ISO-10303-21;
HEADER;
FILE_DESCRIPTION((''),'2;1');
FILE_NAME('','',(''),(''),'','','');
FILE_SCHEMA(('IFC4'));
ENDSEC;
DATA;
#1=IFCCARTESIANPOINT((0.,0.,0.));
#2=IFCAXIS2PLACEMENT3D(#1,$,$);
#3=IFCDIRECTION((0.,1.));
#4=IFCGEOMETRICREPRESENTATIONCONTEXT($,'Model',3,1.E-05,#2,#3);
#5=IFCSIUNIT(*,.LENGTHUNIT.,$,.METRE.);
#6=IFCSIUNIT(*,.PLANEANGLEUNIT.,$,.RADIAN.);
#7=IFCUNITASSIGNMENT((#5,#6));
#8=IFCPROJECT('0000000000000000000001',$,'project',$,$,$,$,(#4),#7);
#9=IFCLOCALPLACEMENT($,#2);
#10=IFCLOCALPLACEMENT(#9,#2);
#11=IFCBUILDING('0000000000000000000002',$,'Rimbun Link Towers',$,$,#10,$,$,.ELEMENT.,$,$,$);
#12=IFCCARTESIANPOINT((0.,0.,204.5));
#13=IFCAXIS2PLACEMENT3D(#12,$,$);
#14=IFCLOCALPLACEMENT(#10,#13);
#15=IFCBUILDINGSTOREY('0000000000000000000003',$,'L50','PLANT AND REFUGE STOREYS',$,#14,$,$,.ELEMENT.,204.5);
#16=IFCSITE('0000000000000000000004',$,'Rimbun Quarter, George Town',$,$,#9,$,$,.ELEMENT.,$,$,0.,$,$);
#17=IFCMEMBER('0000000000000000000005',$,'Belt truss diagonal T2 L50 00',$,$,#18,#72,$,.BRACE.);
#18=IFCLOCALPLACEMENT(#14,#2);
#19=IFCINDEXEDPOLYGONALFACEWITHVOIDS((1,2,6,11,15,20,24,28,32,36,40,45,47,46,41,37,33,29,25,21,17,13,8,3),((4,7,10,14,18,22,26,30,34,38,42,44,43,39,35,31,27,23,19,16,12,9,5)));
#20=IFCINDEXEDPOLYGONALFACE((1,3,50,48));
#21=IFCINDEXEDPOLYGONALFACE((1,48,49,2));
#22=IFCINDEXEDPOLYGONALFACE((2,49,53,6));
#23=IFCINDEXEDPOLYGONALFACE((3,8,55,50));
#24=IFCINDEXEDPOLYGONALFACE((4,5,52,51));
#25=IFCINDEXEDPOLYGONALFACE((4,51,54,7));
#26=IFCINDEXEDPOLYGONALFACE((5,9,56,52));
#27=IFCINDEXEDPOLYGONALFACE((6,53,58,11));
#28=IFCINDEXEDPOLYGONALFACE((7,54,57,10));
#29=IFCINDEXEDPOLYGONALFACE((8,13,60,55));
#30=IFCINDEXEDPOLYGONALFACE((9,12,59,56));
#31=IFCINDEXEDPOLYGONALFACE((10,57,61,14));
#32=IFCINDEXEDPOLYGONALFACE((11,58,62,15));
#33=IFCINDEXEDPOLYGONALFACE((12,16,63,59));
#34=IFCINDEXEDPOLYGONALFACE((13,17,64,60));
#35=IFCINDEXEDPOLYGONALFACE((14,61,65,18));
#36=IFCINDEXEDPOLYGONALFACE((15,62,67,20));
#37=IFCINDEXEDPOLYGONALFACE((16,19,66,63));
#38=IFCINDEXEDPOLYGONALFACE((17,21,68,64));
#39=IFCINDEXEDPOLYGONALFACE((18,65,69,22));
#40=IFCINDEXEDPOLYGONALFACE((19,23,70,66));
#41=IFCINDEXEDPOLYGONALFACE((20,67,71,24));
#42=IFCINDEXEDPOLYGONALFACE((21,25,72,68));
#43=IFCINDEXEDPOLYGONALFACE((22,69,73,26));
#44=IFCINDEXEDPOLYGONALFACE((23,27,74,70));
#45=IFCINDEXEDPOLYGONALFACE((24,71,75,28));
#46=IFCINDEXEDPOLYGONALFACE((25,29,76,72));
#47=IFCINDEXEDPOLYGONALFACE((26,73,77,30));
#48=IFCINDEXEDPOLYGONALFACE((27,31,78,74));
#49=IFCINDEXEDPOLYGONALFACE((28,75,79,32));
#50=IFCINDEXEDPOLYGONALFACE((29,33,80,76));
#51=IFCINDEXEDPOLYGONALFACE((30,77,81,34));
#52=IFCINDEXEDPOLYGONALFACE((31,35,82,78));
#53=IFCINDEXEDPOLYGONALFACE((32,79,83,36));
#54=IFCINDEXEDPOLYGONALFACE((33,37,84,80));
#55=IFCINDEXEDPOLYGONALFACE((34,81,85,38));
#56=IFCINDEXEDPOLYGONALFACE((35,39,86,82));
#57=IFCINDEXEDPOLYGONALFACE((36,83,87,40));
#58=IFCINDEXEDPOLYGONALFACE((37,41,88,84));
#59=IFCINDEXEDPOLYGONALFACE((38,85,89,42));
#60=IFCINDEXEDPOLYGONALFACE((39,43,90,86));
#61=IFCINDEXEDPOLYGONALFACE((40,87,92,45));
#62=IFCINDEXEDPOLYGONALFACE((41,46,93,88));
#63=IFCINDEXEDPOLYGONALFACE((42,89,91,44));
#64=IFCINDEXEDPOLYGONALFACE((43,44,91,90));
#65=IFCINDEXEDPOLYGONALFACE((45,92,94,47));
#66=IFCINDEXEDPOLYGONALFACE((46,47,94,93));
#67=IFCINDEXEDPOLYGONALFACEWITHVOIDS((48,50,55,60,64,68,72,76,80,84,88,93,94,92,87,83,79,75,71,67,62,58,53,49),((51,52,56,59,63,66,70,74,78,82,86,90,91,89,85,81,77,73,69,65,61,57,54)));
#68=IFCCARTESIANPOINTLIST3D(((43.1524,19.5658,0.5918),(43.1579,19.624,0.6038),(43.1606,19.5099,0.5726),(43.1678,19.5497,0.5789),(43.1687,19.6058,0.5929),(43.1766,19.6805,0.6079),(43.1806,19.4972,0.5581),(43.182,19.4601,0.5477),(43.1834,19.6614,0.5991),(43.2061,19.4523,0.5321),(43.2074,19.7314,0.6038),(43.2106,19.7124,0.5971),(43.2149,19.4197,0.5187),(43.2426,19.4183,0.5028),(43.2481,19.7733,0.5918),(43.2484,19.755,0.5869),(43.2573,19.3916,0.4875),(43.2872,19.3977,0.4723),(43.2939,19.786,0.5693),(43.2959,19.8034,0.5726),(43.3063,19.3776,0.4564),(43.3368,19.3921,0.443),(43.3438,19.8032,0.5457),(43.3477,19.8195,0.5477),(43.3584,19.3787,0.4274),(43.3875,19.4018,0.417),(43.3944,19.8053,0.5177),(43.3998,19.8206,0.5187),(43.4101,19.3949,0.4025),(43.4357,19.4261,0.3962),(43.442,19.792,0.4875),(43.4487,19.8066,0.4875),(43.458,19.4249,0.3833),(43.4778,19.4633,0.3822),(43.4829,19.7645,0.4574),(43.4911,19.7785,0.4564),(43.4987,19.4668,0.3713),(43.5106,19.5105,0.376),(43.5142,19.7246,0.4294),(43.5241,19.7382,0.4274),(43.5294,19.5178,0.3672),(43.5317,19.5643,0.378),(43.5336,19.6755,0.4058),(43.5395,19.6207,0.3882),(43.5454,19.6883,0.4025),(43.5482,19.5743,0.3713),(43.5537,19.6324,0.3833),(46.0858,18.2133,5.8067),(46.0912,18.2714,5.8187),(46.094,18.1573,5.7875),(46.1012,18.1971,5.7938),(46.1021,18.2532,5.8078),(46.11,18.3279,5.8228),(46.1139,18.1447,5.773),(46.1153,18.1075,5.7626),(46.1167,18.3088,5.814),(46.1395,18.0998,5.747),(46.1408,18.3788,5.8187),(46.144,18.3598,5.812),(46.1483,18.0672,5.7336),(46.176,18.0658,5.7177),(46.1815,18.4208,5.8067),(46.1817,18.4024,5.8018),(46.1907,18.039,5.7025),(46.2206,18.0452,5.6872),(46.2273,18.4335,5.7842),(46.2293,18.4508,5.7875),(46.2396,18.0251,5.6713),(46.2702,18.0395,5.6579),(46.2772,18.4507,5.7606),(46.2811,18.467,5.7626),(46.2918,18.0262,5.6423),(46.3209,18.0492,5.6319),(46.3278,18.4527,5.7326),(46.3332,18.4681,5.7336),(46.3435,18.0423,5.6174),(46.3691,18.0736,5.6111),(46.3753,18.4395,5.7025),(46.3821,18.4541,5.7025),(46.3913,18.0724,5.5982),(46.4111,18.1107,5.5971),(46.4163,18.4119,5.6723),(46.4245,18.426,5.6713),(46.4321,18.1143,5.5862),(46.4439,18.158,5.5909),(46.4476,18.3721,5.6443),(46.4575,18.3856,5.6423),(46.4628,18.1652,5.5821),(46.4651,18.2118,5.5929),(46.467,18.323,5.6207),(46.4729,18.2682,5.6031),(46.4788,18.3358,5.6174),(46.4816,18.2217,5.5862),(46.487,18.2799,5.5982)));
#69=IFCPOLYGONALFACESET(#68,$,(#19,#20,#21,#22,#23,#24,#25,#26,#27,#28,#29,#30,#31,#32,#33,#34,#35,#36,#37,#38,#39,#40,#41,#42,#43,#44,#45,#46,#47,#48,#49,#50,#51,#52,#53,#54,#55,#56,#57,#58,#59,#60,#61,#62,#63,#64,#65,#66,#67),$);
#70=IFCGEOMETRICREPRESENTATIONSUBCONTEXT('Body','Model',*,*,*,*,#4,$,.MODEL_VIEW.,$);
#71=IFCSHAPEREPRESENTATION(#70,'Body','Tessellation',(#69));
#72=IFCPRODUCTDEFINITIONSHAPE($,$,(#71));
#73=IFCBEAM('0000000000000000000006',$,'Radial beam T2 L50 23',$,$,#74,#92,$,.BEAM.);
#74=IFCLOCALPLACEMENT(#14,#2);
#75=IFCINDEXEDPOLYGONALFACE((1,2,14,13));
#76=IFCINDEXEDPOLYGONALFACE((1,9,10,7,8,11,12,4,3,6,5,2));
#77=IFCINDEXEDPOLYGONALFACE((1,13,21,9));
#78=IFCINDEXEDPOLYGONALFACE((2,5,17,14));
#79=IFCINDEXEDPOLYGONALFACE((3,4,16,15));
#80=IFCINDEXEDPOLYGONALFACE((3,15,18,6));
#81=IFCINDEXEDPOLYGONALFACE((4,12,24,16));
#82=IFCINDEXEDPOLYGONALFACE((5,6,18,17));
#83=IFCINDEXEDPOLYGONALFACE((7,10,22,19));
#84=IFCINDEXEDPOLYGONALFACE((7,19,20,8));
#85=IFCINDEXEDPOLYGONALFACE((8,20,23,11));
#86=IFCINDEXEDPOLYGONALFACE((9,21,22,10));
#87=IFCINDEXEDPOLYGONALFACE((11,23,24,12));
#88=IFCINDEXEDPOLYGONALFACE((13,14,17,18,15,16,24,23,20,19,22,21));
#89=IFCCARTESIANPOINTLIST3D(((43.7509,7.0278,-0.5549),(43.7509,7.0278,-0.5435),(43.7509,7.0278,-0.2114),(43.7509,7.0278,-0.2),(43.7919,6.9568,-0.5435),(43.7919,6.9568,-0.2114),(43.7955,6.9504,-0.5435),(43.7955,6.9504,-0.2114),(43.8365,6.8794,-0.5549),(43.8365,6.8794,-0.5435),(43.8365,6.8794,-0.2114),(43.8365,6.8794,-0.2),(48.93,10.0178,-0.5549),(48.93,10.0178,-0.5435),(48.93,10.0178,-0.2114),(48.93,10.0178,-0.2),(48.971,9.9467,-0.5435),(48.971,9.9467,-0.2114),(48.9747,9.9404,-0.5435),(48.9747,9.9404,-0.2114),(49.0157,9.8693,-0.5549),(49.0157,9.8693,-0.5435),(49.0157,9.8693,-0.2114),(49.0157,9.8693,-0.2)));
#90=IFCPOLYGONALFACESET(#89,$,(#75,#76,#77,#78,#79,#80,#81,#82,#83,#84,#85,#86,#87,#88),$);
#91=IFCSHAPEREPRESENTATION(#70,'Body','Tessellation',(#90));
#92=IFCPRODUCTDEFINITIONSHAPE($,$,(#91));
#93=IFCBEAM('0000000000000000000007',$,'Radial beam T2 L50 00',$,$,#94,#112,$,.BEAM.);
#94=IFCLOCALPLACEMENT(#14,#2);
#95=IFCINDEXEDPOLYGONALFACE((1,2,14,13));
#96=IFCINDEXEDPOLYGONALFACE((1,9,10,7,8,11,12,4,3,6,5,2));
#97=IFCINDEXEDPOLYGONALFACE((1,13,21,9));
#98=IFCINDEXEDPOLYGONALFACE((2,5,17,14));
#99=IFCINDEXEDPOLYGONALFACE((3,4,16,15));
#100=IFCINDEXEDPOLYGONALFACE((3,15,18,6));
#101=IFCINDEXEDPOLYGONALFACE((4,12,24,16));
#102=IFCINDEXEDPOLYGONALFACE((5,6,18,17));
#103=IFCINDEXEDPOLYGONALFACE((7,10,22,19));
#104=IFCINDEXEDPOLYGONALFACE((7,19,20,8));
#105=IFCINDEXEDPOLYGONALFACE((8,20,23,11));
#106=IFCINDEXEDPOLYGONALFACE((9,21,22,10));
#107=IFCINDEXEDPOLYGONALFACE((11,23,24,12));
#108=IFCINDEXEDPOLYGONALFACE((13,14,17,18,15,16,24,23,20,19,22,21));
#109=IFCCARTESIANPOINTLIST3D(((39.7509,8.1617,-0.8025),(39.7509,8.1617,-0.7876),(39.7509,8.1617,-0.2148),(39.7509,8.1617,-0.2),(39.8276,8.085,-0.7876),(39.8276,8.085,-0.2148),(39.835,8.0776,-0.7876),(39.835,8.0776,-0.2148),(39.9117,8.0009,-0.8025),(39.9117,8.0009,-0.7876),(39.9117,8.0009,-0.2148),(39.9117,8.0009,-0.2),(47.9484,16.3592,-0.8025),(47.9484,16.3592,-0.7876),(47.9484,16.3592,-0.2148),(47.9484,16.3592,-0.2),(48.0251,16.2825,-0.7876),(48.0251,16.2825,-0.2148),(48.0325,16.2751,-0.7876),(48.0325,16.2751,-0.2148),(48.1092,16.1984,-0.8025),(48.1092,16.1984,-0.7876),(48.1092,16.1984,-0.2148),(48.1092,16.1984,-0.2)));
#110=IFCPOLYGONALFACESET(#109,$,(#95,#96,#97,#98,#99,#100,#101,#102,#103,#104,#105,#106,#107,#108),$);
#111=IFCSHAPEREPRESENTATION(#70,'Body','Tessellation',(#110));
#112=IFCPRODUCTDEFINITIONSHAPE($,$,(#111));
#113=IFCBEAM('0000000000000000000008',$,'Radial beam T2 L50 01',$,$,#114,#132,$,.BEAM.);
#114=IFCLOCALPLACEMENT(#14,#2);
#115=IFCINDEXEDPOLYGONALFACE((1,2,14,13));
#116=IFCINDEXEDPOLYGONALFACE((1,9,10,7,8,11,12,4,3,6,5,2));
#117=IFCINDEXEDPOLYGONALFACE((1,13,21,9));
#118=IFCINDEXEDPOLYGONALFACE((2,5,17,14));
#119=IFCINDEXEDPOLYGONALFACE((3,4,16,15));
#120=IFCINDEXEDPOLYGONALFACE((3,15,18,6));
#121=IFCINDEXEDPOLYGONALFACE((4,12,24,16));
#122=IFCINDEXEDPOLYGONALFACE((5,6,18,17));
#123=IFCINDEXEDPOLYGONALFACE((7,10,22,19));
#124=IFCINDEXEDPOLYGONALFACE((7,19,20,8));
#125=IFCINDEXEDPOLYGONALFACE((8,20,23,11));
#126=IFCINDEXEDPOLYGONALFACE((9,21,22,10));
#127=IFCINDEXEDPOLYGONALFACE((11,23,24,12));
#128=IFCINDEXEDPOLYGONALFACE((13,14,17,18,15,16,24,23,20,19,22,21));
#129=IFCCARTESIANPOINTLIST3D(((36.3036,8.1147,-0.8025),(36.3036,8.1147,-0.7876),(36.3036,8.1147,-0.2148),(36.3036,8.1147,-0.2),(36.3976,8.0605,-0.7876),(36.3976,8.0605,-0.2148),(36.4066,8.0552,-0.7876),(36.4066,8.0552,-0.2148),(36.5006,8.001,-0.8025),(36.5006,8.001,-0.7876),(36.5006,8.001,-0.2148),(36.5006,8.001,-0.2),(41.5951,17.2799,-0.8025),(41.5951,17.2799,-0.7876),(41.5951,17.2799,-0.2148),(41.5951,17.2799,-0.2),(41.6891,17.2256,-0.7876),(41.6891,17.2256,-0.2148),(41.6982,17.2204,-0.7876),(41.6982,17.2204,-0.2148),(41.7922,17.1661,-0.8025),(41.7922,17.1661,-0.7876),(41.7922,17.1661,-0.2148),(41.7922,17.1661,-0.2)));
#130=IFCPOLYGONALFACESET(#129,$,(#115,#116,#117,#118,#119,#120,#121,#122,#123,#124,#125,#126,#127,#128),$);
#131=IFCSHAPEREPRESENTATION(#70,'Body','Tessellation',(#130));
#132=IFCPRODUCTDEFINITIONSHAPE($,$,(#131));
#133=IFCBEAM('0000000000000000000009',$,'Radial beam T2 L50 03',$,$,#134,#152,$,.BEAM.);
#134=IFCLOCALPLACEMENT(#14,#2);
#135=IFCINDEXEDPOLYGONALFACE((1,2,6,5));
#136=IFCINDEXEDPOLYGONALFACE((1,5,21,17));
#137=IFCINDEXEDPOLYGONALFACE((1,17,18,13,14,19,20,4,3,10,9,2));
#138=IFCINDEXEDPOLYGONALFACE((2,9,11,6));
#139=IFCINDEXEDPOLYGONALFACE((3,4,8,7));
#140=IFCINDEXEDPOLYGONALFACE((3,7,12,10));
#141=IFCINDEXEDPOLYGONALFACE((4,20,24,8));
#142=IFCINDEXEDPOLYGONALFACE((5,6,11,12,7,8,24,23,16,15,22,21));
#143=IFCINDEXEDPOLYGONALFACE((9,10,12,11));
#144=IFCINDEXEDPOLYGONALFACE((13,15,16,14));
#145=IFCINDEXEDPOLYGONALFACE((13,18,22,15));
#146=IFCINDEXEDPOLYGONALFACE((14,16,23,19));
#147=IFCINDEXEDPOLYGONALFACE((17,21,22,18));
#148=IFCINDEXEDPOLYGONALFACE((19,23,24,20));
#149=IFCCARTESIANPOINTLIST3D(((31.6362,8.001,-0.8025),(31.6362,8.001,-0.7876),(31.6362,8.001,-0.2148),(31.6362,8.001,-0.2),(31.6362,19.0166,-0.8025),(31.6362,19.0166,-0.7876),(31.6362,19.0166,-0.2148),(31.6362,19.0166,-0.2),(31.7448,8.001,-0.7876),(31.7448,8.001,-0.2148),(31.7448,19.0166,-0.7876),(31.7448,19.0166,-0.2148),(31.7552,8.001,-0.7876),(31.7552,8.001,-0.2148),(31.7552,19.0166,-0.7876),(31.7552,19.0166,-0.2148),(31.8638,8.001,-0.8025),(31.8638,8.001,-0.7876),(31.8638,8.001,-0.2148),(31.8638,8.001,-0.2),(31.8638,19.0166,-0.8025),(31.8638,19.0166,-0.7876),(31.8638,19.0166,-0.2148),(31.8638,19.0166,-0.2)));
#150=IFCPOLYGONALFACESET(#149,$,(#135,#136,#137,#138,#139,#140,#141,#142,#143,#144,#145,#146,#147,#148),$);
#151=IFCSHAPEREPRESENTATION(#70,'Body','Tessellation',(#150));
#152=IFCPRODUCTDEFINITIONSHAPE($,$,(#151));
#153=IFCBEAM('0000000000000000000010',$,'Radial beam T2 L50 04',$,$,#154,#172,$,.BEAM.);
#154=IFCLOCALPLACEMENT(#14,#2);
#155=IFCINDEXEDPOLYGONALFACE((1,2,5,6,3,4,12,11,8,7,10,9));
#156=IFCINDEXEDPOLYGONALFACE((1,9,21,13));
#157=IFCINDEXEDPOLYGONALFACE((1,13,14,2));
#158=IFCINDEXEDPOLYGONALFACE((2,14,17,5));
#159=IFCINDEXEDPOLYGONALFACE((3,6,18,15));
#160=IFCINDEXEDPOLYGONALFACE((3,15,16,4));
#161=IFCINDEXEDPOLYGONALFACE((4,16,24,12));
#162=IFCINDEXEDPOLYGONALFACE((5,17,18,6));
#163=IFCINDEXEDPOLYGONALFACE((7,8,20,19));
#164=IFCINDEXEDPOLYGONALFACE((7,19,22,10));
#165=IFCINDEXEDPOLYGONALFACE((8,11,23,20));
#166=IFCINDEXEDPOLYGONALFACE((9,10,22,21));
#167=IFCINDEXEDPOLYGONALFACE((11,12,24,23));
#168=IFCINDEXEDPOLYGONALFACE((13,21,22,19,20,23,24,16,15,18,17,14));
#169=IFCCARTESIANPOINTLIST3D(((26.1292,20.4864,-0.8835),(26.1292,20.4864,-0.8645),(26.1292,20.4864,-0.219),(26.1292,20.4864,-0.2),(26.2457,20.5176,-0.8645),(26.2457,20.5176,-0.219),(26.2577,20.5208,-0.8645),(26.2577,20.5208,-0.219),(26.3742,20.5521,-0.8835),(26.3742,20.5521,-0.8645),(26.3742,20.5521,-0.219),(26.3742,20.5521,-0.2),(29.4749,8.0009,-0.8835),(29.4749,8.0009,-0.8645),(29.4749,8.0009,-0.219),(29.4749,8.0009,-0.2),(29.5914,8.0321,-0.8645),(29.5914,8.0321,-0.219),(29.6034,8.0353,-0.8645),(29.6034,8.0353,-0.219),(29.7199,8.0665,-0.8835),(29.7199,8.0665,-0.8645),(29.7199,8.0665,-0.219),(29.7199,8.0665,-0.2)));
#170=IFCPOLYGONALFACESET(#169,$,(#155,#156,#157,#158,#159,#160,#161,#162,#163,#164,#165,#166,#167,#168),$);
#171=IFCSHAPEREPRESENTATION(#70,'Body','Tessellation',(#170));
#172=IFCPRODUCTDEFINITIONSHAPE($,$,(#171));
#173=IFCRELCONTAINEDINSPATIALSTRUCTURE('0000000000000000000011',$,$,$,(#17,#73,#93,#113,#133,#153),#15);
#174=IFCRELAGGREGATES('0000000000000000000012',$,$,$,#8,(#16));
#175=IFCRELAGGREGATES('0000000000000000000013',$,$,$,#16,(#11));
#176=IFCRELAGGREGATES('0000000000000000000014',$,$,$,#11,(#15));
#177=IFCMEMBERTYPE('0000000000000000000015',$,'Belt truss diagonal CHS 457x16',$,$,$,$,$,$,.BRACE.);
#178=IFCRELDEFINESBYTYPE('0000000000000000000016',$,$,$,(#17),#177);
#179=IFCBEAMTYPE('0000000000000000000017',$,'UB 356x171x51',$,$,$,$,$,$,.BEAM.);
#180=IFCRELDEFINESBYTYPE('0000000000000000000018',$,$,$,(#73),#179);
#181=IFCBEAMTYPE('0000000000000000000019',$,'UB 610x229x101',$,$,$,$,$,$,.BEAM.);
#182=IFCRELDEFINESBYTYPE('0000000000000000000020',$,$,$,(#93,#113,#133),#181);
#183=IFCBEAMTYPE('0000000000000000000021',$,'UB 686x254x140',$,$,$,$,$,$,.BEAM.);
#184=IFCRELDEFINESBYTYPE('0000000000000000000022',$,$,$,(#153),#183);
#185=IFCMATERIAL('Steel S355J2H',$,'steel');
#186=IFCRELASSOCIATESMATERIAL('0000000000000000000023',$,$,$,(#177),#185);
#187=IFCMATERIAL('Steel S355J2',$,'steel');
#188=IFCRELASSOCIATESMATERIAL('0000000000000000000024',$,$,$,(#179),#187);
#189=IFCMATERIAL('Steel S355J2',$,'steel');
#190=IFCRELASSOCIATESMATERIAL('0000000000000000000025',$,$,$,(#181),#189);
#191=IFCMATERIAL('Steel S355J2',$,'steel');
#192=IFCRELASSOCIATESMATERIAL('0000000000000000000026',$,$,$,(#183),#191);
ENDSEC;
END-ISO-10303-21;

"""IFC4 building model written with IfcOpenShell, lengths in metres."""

from ifc_helpers import new_model, si_unit, direction, frame, origin, origin_2d, place, context, subcontext, project, spatial, hollow_circle, i_section, extrude, material, material_profile, profile_set, type_object, element, save


model = new_model("IFC4")

# Units and contexts
model_context = context("Model", 3, precision=1e-05, world=origin(), true_north=direction((0.0, 1.0)))
body_context = subcontext(model_context, "Body", "Model", "MODEL_VIEW")
ifc_project = project(units=[si_unit("LENGTHUNIT", "METRE"), si_unit("PLANEANGLEUNIT", "RADIAN")], contexts=[model_context])

# Site, building, storey
site_placement = place(None, origin())
site = spatial("IfcSite", under=ifc_project, at=site_placement, Name="Rimbun Quarter, George Town", CompositionType="ELEMENT", RefElevation=0.0)
building_placement = place(site_placement, origin())
building = spatial("IfcBuilding", under=site, at=building_placement, Name="Rimbun Link Towers", CompositionType="ELEMENT")
storey_placement = place(building_placement, frame((0.0, 0.0, 204.5)))
storey = spatial("IfcBuildingStorey", under=building, at=storey_placement, Name="L50", Description="PLANT AND REFUGE STOREYS", CompositionType="ELEMENT", Elevation=204.5)

# Member
ifc_material_1 = material(Name="Steel S355J2H", Category="steel")
ifc_material_profile_1 = material_profile(ifc_material_1, hollow_circle(Radius=0.2285, WallThickness=0.0161, at=origin_2d()), Name="Belt truss diagonal CHS 457x16")
ifc_profile_set_1 = profile_set([ifc_material_profile_1], Name="Steel S355J2H")
member_type = type_object("IfcMemberType", Name="Belt truss diagonal CHS 457x16", PredefinedType="BRACE", material=ifc_profile_set_1)
member_placement = place(storey_placement, frame((43.353, 19.5991, 0.4875), z_axis=(0.478195, -0.220491, 0.850125), x_axis=(0.418723, 0.908114, 0.0)))
element("IfcMember", 1, at=member_placement, inside=storey, type_object=member_type, Name="Belt truss diagonal T2 L50 00", PredefinedType="BRACE", context=body_context, shape_type="SweptSolid", body=[
    extrude(hollow_circle(Radius=0.2285, WallThickness=0.0161, at=origin_2d()), origin(), (0.0, 0.0, 1.0), 6.1343),
])

# Beams
ifc_material_2 = material(Name="Steel S355J2", Category="steel")
ifc_material_profile_2 = material_profile(ifc_material_2, i_section(OverallWidth=0.1714, OverallDepth=0.355, WebThickness=0.0073, FlangeThickness=0.0115, at=origin_2d()), Name="UB 356x171x51")
ifc_profile_set_2 = profile_set([ifc_material_profile_2], Name="Steel S355J2")
beam_type_1 = type_object("IfcBeamType", Name="UB 356x171x51", PredefinedType="BEAM", material=ifc_profile_set_2)
beam_1_placement = place(storey_placement, frame((43.7937, 6.9536, -0.3774), z_axis=(0.866041, 0.499972, 0.0), x_axis=(-0.499972, 0.866041, 0.0)))
element("IfcBeam", 2, at=beam_1_placement, inside=storey, type_object=beam_type_1, Name="Radial beam T2 L50 23", PredefinedType="BEAM", context=body_context, shape_type="SweptSolid", body=[
    extrude(i_section(OverallWidth=0.1714, OverallDepth=0.355, WebThickness=0.0073, FlangeThickness=0.0115, at=origin_2d()), origin(), (0.0, 0.0, 1.0), 5.9802),
])
ifc_material_3 = material(Name="Steel S355J2", Category="steel")
ifc_material_profile_3 = material_profile(ifc_material_3, i_section(OverallWidth=0.2275, OverallDepth=0.6025, WebThickness=0.0105, FlangeThickness=0.0149, at=origin_2d()), Name="UB 610x229x101")
ifc_profile_set_3 = profile_set([ifc_material_profile_3], Name="Steel S355J2")
beam_type_2 = type_object("IfcBeamType", Name="UB 610x229x101", PredefinedType="BEAM", material=ifc_profile_set_3)
beam_2_placement = place(storey_placement, frame((39.8313, 8.0813, -0.5012), z_axis=(0.707107, 0.707107, 0.0), x_axis=(-0.707107, 0.707107, 0.0)))
element("IfcBeam", 3, at=beam_2_placement, inside=storey, type_object=beam_type_2, Name="Radial beam T2 L50 00", PredefinedType="BEAM", context=body_context, shape_type="SweptSolid", body=[
    extrude(i_section(OverallWidth=0.2275, OverallDepth=0.6025, WebThickness=0.0105, FlangeThickness=0.0149, at=origin_2d()), origin(), (0.0, 0.0, 1.0), 11.593),
])
beam_3_placement = place(storey_placement, frame((36.4021, 8.0579, -0.5012), z_axis=(0.500005, 0.866023, 0.0), x_axis=(-0.866023, 0.500005, 0.0)))
element("IfcBeam", 4, at=beam_3_placement, inside=storey, type_object=beam_type_2, Name="Radial beam T2 L50 01", PredefinedType="BEAM", context=body_context, shape_type="SweptSolid", body=[
    extrude(i_section(OverallWidth=0.2275, OverallDepth=0.6025, WebThickness=0.0105, FlangeThickness=0.0149, at=origin_2d()), origin(), (0.0, 0.0, 1.0), 10.583),
])
beam_4_placement = place(storey_placement, frame((31.75, 8.001, -0.5012), z_axis=(0.0, 1.0, 0.0), x_axis=(-1.0, 0.0, 0.0)))
element("IfcBeam", 5, at=beam_4_placement, inside=storey, type_object=beam_type_2, Name="Radial beam T2 L50 03", PredefinedType="BEAM", context=body_context, shape_type="SweptSolid", body=[
    extrude(i_section(OverallWidth=0.2275, OverallDepth=0.6025, WebThickness=0.0105, FlangeThickness=0.0149, at=origin_2d()), origin(), (0.0, 0.0, 1.0), 11.0156),
])
ifc_material_4 = material(Name="Steel S355J2", Category="steel")
ifc_material_profile_4 = material_profile(ifc_material_4, i_section(OverallWidth=0.2537, OverallDepth=0.6836, WebThickness=0.0125, FlangeThickness=0.019, at=origin_2d()), Name="UB 686x254x140")
ifc_profile_set_4 = profile_set([ifc_material_profile_4], Name="Steel S355J2")
beam_type_3 = type_object("IfcBeamType", Name="UB 686x254x140", PredefinedType="BEAM", material=ifc_profile_set_4)
beam_5_placement = place(storey_placement, frame((29.5974, 8.0337, -0.5417), z_axis=(-0.258833, 0.965922, 0.0), x_axis=(-0.965922, -0.258833, 0.0)))
element("IfcBeam", 6, at=beam_5_placement, inside=storey, type_object=beam_type_3, Name="Radial beam T2 L50 04", PredefinedType="BEAM", context=body_context, shape_type="SweptSolid", body=[
    extrude(i_section(OverallWidth=0.2537, OverallDepth=0.6836, WebThickness=0.0125, FlangeThickness=0.019, at=origin_2d()), origin(), (0.0, 0.0, 1.0), 12.926),
])

save(model, "model.ifc")
